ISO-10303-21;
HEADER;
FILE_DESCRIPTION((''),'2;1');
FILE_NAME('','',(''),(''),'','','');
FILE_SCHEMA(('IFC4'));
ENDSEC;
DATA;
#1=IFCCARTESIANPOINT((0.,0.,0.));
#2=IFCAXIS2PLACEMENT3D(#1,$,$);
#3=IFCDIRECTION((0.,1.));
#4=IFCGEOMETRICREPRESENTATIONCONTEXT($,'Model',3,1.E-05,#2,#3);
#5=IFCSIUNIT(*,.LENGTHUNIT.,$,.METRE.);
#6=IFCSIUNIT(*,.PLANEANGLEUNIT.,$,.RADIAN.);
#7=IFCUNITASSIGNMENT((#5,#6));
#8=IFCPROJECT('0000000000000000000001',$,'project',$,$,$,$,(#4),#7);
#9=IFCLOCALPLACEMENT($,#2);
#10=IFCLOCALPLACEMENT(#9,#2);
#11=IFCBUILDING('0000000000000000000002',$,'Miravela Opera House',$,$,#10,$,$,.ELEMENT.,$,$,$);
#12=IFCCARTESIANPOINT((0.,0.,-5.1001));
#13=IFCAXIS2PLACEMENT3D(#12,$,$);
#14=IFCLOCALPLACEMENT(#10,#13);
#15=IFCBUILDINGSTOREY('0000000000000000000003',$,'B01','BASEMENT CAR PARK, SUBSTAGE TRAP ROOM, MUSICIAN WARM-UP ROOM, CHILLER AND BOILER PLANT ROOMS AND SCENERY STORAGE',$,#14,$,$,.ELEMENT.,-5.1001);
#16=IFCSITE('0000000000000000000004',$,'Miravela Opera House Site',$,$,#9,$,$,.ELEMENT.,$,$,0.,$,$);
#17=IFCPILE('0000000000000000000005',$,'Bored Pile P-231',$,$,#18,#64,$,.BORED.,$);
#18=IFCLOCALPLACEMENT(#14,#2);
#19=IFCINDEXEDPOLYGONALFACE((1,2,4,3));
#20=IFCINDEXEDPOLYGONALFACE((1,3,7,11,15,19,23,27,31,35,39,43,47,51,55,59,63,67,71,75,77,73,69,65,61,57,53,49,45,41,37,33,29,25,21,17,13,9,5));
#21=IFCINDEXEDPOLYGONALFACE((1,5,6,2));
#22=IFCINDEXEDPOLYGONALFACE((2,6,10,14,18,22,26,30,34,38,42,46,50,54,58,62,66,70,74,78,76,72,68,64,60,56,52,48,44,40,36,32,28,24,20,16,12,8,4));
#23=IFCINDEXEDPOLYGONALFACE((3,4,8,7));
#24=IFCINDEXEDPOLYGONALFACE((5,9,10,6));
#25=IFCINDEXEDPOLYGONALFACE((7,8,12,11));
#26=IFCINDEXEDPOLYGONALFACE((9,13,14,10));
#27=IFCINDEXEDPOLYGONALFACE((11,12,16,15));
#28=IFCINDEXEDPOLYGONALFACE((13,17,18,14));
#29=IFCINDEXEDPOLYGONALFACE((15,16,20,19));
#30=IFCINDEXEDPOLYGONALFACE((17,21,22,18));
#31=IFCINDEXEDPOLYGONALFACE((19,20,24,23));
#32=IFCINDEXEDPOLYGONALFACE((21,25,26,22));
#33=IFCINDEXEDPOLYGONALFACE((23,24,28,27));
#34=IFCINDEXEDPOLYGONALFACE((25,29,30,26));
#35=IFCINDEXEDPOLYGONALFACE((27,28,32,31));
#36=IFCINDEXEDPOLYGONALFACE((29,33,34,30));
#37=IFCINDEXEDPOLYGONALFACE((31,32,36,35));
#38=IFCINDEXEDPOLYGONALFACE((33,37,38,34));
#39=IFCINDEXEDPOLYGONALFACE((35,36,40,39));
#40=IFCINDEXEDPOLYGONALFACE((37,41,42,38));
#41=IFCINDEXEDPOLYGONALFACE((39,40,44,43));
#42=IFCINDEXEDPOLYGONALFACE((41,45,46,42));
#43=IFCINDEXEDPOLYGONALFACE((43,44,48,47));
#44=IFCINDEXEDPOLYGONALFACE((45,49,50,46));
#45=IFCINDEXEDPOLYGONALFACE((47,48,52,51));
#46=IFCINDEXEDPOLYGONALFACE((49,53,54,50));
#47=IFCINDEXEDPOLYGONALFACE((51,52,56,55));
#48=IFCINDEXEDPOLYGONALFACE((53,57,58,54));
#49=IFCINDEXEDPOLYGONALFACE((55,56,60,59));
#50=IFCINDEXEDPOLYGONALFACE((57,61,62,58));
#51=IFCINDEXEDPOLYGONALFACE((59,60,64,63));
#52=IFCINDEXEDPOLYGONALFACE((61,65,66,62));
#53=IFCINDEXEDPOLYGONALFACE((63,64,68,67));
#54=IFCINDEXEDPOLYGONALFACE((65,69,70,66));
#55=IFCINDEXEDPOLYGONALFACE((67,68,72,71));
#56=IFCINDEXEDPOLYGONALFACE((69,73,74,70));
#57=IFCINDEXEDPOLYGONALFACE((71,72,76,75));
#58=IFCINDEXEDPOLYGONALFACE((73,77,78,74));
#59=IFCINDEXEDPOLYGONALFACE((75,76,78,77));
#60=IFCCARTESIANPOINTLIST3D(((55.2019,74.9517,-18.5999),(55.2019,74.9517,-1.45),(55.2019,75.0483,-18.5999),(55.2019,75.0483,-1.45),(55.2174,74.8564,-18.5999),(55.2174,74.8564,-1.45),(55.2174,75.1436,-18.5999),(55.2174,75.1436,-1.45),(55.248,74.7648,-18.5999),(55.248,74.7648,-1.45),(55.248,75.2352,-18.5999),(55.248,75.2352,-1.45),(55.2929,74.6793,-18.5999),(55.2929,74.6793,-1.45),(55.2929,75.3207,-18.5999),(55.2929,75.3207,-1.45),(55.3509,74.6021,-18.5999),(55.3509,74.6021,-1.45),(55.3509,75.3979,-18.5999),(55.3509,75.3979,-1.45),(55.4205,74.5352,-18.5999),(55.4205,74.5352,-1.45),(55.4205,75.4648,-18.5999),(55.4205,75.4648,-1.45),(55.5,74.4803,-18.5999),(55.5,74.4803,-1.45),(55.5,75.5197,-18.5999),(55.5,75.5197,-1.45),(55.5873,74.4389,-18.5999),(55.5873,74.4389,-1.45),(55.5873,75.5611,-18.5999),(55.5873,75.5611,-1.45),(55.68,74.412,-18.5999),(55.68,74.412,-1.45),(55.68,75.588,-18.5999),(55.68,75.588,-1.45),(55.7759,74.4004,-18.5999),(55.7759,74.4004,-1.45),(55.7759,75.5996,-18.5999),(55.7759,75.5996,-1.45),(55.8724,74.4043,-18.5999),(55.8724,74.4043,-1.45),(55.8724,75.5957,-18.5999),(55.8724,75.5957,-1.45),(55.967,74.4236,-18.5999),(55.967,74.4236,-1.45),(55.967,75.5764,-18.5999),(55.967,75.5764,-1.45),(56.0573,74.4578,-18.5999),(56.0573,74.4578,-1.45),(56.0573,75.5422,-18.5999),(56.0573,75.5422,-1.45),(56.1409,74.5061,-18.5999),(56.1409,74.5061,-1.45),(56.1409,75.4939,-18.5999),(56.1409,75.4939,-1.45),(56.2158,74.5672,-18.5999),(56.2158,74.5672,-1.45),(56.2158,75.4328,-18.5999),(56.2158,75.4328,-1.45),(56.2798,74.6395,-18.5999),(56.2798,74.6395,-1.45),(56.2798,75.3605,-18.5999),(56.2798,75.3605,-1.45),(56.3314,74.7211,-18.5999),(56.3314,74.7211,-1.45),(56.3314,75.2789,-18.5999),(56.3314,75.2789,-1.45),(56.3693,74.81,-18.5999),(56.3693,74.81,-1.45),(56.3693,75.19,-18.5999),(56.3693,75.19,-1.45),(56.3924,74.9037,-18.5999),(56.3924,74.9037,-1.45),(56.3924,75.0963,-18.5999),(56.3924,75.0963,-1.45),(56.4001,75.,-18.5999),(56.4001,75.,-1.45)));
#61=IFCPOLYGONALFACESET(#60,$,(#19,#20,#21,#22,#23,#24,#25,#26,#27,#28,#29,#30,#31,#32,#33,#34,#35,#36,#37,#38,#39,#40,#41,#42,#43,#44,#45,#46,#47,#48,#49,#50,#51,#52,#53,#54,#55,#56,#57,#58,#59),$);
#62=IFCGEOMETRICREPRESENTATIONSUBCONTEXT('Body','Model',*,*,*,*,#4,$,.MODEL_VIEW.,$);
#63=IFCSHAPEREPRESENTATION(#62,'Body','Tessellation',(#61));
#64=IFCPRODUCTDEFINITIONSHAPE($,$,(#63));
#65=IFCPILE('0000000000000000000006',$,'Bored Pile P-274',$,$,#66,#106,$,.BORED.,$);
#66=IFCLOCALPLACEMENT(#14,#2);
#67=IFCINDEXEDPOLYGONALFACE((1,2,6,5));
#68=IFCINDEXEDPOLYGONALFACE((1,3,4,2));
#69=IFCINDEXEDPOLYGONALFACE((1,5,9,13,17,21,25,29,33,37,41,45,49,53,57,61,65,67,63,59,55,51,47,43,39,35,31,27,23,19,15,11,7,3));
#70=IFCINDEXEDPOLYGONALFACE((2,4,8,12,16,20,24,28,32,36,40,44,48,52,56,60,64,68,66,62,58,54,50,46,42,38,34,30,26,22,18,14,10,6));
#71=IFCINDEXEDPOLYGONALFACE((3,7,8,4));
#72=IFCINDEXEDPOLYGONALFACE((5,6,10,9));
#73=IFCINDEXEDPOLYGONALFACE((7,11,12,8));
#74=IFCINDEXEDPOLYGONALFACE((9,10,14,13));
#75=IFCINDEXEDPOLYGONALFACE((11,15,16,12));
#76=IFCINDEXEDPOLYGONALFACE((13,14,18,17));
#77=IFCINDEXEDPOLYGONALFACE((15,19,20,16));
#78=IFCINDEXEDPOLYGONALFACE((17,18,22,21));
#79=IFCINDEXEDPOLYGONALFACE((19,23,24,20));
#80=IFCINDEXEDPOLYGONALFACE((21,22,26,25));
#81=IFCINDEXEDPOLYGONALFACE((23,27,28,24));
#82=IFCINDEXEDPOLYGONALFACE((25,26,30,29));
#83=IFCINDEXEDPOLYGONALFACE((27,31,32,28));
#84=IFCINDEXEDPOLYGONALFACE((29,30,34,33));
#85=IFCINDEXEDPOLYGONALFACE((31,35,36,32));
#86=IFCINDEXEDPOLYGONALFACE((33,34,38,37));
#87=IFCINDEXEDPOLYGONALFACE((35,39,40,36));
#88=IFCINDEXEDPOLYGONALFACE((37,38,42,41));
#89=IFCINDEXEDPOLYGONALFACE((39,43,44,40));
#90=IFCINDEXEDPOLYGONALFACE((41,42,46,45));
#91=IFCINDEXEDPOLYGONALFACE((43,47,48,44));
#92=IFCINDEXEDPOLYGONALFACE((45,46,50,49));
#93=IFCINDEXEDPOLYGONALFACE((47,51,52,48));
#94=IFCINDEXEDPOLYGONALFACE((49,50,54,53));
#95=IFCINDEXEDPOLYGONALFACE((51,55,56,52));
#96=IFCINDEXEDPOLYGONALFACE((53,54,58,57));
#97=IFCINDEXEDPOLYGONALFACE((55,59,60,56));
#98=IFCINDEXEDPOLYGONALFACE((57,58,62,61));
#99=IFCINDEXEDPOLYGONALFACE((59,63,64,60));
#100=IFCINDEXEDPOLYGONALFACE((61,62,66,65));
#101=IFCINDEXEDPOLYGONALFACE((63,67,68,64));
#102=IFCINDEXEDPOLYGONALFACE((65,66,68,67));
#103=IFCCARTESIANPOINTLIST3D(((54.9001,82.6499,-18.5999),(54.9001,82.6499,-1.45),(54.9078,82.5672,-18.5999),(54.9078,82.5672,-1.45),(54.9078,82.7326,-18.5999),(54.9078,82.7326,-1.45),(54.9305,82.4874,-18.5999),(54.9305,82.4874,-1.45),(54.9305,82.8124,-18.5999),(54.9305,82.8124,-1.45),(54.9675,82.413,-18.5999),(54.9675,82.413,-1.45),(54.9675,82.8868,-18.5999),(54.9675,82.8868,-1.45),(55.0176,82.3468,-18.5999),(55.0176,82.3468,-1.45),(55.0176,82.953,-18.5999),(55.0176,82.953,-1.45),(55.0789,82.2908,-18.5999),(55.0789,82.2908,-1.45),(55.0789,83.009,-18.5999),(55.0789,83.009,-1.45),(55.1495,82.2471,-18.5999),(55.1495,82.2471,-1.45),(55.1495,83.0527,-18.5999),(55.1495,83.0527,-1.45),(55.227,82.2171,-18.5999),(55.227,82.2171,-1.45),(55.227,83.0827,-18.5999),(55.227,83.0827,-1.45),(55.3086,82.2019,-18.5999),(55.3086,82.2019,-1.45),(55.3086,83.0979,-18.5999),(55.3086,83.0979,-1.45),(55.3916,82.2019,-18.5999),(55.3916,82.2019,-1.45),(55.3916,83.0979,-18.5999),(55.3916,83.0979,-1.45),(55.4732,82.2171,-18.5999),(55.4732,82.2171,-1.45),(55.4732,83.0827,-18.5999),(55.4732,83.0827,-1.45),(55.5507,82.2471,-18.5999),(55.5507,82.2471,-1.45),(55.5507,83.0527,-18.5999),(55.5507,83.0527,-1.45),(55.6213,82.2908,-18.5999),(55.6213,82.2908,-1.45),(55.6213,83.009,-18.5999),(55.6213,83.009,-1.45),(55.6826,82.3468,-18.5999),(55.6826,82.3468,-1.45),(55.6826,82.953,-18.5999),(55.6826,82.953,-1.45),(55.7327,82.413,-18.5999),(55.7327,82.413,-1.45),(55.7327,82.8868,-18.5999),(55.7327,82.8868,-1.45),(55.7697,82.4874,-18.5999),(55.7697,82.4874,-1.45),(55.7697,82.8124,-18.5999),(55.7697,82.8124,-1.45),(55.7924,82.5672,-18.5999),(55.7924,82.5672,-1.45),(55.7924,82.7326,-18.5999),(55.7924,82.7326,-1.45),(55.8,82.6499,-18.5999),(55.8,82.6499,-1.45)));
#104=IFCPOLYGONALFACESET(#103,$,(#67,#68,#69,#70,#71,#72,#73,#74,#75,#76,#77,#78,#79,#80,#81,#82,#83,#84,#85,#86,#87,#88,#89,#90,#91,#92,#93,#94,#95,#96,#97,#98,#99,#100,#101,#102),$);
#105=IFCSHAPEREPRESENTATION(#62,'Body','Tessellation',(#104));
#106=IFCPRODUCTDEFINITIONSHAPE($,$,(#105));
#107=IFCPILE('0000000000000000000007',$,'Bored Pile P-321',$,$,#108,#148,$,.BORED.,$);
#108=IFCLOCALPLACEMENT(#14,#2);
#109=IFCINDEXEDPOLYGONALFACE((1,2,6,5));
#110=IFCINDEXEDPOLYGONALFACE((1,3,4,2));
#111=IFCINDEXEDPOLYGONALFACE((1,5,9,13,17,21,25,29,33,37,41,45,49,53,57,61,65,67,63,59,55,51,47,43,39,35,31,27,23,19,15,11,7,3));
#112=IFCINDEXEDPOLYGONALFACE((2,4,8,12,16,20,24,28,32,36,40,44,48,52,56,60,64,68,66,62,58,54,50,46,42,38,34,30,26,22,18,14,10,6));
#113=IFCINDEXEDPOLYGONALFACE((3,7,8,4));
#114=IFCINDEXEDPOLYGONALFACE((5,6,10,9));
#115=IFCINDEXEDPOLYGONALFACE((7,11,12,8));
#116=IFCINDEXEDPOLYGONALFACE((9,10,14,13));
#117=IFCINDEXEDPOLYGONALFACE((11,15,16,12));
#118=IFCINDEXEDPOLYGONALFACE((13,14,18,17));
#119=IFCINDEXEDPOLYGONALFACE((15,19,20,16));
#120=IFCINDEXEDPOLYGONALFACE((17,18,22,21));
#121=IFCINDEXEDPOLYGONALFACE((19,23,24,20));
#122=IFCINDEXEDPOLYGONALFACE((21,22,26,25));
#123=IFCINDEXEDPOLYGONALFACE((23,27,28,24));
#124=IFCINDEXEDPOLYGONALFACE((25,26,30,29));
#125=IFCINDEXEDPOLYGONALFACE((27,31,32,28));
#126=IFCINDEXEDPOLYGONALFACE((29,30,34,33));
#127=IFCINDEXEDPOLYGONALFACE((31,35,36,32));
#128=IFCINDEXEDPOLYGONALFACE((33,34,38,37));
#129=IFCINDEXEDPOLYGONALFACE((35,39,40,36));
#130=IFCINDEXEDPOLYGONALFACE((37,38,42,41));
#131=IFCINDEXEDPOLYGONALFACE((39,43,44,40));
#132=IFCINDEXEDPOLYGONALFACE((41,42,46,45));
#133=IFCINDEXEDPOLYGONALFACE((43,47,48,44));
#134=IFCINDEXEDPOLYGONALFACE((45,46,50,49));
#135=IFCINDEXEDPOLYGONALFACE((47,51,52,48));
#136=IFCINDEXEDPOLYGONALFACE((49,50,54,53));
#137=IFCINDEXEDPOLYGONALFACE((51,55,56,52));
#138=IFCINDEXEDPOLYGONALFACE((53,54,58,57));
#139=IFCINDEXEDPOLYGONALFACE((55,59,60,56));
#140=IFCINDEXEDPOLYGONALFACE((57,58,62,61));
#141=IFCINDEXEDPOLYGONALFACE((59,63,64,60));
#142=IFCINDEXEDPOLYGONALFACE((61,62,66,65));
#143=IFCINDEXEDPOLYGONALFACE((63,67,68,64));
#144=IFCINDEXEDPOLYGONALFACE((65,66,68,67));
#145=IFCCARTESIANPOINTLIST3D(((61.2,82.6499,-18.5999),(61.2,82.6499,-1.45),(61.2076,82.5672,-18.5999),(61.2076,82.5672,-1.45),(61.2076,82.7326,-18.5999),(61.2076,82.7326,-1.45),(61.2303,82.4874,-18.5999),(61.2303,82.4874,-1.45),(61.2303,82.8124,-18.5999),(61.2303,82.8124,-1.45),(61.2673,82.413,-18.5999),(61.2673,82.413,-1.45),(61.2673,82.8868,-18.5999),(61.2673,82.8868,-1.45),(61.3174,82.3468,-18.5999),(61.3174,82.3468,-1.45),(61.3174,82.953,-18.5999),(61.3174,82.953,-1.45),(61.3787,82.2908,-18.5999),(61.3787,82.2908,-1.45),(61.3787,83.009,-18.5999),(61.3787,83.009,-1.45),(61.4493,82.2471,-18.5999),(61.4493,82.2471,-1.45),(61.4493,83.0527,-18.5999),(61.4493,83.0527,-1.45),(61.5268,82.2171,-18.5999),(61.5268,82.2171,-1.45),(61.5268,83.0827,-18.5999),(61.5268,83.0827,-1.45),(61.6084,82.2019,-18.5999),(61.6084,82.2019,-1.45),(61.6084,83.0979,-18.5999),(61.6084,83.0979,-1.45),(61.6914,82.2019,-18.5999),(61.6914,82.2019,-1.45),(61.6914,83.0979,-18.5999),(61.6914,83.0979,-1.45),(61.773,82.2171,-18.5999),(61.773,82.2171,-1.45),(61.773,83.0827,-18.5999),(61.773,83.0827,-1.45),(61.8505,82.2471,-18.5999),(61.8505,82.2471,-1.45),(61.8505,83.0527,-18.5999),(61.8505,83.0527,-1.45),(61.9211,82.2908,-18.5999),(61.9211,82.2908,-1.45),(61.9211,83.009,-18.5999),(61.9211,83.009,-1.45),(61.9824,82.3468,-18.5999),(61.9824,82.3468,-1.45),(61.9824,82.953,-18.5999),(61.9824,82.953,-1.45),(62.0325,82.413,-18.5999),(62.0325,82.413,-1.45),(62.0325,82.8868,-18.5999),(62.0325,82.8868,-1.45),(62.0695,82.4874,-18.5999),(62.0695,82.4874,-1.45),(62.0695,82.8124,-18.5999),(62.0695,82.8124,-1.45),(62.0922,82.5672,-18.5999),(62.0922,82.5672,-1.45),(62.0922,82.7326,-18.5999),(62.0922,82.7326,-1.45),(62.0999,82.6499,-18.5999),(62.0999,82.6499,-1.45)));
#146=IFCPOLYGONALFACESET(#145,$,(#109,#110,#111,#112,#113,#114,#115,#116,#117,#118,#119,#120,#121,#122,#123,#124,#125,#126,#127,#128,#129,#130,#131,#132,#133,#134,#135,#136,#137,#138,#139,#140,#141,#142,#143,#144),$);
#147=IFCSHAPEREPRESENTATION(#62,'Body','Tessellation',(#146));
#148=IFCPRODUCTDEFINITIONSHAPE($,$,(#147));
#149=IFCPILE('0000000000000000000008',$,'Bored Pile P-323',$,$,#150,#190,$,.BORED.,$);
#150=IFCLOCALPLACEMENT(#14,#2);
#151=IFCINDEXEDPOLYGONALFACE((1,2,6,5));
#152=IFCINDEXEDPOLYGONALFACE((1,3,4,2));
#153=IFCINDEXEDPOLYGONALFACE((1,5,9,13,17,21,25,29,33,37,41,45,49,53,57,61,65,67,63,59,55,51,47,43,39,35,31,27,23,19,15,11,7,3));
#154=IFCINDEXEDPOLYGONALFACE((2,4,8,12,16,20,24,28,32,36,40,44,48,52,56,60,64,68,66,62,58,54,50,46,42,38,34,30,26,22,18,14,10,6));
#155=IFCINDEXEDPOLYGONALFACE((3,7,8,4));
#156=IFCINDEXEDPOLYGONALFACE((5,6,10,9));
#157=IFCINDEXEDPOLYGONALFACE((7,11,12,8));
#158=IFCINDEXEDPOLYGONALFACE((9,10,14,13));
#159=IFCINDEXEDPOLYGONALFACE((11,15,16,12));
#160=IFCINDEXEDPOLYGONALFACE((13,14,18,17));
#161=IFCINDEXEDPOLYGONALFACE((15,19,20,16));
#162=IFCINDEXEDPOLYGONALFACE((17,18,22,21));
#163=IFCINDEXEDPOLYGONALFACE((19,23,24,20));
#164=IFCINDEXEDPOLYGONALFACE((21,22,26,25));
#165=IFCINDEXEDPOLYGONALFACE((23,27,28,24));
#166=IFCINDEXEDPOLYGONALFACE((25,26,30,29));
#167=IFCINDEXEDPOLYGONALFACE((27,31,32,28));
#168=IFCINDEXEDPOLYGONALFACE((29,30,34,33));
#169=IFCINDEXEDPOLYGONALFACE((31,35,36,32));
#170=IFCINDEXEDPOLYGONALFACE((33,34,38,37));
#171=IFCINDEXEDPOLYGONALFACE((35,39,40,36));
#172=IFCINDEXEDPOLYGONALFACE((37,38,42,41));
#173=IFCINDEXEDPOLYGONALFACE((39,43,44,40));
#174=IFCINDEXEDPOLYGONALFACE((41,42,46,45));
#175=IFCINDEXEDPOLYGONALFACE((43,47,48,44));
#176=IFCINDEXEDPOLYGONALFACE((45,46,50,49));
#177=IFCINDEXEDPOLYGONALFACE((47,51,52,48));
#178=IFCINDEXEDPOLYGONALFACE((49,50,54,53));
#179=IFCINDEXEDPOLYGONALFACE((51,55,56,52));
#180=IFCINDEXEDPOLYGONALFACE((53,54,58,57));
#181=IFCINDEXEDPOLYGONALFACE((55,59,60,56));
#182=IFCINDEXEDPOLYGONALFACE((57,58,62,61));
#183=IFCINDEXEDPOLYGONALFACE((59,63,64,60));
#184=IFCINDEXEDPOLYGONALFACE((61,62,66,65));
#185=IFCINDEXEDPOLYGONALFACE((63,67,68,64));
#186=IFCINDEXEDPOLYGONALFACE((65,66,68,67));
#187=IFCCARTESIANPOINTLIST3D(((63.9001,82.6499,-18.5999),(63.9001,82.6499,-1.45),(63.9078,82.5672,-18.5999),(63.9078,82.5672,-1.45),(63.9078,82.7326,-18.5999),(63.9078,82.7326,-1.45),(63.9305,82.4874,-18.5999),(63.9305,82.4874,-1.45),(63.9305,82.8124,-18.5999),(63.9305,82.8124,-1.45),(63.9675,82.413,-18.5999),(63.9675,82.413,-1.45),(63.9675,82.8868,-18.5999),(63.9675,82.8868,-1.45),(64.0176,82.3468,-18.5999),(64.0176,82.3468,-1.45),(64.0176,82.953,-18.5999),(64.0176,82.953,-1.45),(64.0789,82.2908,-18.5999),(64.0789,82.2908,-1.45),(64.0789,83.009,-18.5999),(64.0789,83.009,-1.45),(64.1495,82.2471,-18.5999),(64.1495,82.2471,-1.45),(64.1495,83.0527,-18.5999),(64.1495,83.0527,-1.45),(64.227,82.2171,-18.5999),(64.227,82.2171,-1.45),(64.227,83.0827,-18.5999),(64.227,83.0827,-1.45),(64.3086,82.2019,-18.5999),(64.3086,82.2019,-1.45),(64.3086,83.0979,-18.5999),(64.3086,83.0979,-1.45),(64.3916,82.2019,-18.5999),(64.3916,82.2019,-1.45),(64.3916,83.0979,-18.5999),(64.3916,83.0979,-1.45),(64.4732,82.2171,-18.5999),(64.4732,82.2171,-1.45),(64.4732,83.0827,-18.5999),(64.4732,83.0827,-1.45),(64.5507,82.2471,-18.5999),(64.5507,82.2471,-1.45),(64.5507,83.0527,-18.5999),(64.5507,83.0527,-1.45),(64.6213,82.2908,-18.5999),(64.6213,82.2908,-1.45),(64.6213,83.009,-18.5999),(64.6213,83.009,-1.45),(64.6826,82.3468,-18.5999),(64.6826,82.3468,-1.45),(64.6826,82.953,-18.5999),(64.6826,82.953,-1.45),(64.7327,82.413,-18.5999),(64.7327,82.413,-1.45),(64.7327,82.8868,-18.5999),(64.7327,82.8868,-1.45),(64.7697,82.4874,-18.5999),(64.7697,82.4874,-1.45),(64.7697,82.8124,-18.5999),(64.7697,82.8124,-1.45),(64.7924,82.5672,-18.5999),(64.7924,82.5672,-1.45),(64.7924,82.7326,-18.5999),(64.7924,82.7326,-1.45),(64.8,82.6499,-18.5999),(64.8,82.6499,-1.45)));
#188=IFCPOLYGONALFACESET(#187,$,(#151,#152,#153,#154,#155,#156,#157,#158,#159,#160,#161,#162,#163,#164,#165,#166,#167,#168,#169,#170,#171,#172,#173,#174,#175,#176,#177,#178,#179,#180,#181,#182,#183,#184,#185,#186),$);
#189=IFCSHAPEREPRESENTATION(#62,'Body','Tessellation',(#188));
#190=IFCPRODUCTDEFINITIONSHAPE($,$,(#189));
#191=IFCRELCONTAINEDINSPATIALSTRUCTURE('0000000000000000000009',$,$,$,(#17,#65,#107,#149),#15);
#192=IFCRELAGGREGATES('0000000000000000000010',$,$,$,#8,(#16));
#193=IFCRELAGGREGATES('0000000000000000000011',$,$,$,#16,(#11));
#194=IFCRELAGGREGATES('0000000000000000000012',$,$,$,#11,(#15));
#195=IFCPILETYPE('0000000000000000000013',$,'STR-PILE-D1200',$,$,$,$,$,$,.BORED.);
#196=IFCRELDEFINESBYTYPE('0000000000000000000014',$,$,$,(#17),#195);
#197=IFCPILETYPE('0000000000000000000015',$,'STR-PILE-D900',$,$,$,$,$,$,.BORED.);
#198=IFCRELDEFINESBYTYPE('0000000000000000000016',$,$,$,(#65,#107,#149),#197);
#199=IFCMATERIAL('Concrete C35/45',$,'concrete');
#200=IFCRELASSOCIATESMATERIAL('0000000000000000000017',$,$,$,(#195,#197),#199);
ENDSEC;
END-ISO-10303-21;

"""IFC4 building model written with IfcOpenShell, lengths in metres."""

from ifc_helpers import new_model, si_unit, direction, frame, origin, origin_2d, place, context, subcontext, project, spatial, circle, extrude, material, material_profile, profile_set, type_object, element, save


model = new_model("IFC4")

# Units and contexts
model_context = context("Model", 3, precision=1e-05, world=origin(), true_north=direction((0.0, 1.0)))
body_context = subcontext(model_context, "Body", "Model", "MODEL_VIEW")
ifc_project = project(units=[si_unit("LENGTHUNIT", "METRE"), si_unit("PLANEANGLEUNIT", "RADIAN")], contexts=[model_context])

# Site, building, storey
site_placement = place(None, origin())
site = spatial("IfcSite", under=ifc_project, at=site_placement, Name="Miravela Opera House Site", CompositionType="ELEMENT", RefElevation=0.0)
building_placement = place(site_placement, origin())
building = spatial("IfcBuilding", under=site, at=building_placement, Name="Miravela Opera House", CompositionType="ELEMENT")
storey_placement = place(building_placement, frame((0.0, 0.0, -5.1001)))
storey = spatial("IfcBuildingStorey", under=building, at=storey_placement, Name="B01", Description="BASEMENT CAR PARK, SUBSTAGE TRAP ROOM, MUSICIAN WARM-UP ROOM, CHILLER AND BOILER PLANT ROOMS AND SCENERY STORAGE", CompositionType="ELEMENT", Elevation=-5.1001)

# Shared definitions
ifc_material_1 = material(Name="Concrete C35/45", Category="concrete")

# Piles
ifc_material_profile_1 = material_profile(ifc_material_1, circle(Radius=0.6001, at=origin_2d()), Name="PILE-D1200")
ifc_profile_set_1 = profile_set([ifc_material_profile_1])
pile_type_1 = type_object("IfcPileType", Name="STR-PILE-D1200", PredefinedType="BORED", material=ifc_profile_set_1)
pile_placement = place(storey_placement, frame((55.8, 75.0, -1.45), z_axis=(0.0, 0.0, -1.0), x_axis=(1.0, 0.0, 0.0)))
element("IfcPile", 1, at=pile_placement, inside=storey, type_object=pile_type_1, Name="Bored Pile P-231", PredefinedType="BORED", context=body_context, shape_type="SweptSolid", body=[
    extrude(circle(Radius=0.6001, at=origin_2d()), origin(), (0.0, 0.0, 1.0), 17.1499),
])
ifc_material_profile_2 = material_profile(ifc_material_1, circle(Radius=0.45, at=origin_2d()), Name="PILE-D900")
ifc_profile_set_2 = profile_set([ifc_material_profile_2])
pile_type_2 = type_object("IfcPileType", Name="STR-PILE-D900", PredefinedType="BORED", material=ifc_profile_set_2)
for number, where, z_axis, x_axis, name in (
    (2, (55.3501, 82.6499, -1.45), (0.0, 0.0, -1.0), (1.0, 0.0, 0.0), "Bored Pile P-274"),
    (3, (61.6499, 82.6499, -1.45), (0.0, 0.0, -1.0), (1.0, 0.0, 0.0), "Bored Pile P-321"),
    (4, (64.3501, 82.6499, -1.45), (0.0, 0.0, -1.0), (1.0, 0.0, 0.0), "Bored Pile P-323"),
):
    element("IfcPile", number, at=place(storey_placement, frame(where, z_axis=z_axis, x_axis=x_axis)), inside=storey, type_object=pile_type_2, Name=name, PredefinedType="BORED", context=body_context, shape_type="SweptSolid", body=[
        extrude(circle(Radius=0.45, at=origin_2d()), origin(), (0.0, 0.0, 1.0), 17.1499),
    ])

save(model, "model.ifc")
